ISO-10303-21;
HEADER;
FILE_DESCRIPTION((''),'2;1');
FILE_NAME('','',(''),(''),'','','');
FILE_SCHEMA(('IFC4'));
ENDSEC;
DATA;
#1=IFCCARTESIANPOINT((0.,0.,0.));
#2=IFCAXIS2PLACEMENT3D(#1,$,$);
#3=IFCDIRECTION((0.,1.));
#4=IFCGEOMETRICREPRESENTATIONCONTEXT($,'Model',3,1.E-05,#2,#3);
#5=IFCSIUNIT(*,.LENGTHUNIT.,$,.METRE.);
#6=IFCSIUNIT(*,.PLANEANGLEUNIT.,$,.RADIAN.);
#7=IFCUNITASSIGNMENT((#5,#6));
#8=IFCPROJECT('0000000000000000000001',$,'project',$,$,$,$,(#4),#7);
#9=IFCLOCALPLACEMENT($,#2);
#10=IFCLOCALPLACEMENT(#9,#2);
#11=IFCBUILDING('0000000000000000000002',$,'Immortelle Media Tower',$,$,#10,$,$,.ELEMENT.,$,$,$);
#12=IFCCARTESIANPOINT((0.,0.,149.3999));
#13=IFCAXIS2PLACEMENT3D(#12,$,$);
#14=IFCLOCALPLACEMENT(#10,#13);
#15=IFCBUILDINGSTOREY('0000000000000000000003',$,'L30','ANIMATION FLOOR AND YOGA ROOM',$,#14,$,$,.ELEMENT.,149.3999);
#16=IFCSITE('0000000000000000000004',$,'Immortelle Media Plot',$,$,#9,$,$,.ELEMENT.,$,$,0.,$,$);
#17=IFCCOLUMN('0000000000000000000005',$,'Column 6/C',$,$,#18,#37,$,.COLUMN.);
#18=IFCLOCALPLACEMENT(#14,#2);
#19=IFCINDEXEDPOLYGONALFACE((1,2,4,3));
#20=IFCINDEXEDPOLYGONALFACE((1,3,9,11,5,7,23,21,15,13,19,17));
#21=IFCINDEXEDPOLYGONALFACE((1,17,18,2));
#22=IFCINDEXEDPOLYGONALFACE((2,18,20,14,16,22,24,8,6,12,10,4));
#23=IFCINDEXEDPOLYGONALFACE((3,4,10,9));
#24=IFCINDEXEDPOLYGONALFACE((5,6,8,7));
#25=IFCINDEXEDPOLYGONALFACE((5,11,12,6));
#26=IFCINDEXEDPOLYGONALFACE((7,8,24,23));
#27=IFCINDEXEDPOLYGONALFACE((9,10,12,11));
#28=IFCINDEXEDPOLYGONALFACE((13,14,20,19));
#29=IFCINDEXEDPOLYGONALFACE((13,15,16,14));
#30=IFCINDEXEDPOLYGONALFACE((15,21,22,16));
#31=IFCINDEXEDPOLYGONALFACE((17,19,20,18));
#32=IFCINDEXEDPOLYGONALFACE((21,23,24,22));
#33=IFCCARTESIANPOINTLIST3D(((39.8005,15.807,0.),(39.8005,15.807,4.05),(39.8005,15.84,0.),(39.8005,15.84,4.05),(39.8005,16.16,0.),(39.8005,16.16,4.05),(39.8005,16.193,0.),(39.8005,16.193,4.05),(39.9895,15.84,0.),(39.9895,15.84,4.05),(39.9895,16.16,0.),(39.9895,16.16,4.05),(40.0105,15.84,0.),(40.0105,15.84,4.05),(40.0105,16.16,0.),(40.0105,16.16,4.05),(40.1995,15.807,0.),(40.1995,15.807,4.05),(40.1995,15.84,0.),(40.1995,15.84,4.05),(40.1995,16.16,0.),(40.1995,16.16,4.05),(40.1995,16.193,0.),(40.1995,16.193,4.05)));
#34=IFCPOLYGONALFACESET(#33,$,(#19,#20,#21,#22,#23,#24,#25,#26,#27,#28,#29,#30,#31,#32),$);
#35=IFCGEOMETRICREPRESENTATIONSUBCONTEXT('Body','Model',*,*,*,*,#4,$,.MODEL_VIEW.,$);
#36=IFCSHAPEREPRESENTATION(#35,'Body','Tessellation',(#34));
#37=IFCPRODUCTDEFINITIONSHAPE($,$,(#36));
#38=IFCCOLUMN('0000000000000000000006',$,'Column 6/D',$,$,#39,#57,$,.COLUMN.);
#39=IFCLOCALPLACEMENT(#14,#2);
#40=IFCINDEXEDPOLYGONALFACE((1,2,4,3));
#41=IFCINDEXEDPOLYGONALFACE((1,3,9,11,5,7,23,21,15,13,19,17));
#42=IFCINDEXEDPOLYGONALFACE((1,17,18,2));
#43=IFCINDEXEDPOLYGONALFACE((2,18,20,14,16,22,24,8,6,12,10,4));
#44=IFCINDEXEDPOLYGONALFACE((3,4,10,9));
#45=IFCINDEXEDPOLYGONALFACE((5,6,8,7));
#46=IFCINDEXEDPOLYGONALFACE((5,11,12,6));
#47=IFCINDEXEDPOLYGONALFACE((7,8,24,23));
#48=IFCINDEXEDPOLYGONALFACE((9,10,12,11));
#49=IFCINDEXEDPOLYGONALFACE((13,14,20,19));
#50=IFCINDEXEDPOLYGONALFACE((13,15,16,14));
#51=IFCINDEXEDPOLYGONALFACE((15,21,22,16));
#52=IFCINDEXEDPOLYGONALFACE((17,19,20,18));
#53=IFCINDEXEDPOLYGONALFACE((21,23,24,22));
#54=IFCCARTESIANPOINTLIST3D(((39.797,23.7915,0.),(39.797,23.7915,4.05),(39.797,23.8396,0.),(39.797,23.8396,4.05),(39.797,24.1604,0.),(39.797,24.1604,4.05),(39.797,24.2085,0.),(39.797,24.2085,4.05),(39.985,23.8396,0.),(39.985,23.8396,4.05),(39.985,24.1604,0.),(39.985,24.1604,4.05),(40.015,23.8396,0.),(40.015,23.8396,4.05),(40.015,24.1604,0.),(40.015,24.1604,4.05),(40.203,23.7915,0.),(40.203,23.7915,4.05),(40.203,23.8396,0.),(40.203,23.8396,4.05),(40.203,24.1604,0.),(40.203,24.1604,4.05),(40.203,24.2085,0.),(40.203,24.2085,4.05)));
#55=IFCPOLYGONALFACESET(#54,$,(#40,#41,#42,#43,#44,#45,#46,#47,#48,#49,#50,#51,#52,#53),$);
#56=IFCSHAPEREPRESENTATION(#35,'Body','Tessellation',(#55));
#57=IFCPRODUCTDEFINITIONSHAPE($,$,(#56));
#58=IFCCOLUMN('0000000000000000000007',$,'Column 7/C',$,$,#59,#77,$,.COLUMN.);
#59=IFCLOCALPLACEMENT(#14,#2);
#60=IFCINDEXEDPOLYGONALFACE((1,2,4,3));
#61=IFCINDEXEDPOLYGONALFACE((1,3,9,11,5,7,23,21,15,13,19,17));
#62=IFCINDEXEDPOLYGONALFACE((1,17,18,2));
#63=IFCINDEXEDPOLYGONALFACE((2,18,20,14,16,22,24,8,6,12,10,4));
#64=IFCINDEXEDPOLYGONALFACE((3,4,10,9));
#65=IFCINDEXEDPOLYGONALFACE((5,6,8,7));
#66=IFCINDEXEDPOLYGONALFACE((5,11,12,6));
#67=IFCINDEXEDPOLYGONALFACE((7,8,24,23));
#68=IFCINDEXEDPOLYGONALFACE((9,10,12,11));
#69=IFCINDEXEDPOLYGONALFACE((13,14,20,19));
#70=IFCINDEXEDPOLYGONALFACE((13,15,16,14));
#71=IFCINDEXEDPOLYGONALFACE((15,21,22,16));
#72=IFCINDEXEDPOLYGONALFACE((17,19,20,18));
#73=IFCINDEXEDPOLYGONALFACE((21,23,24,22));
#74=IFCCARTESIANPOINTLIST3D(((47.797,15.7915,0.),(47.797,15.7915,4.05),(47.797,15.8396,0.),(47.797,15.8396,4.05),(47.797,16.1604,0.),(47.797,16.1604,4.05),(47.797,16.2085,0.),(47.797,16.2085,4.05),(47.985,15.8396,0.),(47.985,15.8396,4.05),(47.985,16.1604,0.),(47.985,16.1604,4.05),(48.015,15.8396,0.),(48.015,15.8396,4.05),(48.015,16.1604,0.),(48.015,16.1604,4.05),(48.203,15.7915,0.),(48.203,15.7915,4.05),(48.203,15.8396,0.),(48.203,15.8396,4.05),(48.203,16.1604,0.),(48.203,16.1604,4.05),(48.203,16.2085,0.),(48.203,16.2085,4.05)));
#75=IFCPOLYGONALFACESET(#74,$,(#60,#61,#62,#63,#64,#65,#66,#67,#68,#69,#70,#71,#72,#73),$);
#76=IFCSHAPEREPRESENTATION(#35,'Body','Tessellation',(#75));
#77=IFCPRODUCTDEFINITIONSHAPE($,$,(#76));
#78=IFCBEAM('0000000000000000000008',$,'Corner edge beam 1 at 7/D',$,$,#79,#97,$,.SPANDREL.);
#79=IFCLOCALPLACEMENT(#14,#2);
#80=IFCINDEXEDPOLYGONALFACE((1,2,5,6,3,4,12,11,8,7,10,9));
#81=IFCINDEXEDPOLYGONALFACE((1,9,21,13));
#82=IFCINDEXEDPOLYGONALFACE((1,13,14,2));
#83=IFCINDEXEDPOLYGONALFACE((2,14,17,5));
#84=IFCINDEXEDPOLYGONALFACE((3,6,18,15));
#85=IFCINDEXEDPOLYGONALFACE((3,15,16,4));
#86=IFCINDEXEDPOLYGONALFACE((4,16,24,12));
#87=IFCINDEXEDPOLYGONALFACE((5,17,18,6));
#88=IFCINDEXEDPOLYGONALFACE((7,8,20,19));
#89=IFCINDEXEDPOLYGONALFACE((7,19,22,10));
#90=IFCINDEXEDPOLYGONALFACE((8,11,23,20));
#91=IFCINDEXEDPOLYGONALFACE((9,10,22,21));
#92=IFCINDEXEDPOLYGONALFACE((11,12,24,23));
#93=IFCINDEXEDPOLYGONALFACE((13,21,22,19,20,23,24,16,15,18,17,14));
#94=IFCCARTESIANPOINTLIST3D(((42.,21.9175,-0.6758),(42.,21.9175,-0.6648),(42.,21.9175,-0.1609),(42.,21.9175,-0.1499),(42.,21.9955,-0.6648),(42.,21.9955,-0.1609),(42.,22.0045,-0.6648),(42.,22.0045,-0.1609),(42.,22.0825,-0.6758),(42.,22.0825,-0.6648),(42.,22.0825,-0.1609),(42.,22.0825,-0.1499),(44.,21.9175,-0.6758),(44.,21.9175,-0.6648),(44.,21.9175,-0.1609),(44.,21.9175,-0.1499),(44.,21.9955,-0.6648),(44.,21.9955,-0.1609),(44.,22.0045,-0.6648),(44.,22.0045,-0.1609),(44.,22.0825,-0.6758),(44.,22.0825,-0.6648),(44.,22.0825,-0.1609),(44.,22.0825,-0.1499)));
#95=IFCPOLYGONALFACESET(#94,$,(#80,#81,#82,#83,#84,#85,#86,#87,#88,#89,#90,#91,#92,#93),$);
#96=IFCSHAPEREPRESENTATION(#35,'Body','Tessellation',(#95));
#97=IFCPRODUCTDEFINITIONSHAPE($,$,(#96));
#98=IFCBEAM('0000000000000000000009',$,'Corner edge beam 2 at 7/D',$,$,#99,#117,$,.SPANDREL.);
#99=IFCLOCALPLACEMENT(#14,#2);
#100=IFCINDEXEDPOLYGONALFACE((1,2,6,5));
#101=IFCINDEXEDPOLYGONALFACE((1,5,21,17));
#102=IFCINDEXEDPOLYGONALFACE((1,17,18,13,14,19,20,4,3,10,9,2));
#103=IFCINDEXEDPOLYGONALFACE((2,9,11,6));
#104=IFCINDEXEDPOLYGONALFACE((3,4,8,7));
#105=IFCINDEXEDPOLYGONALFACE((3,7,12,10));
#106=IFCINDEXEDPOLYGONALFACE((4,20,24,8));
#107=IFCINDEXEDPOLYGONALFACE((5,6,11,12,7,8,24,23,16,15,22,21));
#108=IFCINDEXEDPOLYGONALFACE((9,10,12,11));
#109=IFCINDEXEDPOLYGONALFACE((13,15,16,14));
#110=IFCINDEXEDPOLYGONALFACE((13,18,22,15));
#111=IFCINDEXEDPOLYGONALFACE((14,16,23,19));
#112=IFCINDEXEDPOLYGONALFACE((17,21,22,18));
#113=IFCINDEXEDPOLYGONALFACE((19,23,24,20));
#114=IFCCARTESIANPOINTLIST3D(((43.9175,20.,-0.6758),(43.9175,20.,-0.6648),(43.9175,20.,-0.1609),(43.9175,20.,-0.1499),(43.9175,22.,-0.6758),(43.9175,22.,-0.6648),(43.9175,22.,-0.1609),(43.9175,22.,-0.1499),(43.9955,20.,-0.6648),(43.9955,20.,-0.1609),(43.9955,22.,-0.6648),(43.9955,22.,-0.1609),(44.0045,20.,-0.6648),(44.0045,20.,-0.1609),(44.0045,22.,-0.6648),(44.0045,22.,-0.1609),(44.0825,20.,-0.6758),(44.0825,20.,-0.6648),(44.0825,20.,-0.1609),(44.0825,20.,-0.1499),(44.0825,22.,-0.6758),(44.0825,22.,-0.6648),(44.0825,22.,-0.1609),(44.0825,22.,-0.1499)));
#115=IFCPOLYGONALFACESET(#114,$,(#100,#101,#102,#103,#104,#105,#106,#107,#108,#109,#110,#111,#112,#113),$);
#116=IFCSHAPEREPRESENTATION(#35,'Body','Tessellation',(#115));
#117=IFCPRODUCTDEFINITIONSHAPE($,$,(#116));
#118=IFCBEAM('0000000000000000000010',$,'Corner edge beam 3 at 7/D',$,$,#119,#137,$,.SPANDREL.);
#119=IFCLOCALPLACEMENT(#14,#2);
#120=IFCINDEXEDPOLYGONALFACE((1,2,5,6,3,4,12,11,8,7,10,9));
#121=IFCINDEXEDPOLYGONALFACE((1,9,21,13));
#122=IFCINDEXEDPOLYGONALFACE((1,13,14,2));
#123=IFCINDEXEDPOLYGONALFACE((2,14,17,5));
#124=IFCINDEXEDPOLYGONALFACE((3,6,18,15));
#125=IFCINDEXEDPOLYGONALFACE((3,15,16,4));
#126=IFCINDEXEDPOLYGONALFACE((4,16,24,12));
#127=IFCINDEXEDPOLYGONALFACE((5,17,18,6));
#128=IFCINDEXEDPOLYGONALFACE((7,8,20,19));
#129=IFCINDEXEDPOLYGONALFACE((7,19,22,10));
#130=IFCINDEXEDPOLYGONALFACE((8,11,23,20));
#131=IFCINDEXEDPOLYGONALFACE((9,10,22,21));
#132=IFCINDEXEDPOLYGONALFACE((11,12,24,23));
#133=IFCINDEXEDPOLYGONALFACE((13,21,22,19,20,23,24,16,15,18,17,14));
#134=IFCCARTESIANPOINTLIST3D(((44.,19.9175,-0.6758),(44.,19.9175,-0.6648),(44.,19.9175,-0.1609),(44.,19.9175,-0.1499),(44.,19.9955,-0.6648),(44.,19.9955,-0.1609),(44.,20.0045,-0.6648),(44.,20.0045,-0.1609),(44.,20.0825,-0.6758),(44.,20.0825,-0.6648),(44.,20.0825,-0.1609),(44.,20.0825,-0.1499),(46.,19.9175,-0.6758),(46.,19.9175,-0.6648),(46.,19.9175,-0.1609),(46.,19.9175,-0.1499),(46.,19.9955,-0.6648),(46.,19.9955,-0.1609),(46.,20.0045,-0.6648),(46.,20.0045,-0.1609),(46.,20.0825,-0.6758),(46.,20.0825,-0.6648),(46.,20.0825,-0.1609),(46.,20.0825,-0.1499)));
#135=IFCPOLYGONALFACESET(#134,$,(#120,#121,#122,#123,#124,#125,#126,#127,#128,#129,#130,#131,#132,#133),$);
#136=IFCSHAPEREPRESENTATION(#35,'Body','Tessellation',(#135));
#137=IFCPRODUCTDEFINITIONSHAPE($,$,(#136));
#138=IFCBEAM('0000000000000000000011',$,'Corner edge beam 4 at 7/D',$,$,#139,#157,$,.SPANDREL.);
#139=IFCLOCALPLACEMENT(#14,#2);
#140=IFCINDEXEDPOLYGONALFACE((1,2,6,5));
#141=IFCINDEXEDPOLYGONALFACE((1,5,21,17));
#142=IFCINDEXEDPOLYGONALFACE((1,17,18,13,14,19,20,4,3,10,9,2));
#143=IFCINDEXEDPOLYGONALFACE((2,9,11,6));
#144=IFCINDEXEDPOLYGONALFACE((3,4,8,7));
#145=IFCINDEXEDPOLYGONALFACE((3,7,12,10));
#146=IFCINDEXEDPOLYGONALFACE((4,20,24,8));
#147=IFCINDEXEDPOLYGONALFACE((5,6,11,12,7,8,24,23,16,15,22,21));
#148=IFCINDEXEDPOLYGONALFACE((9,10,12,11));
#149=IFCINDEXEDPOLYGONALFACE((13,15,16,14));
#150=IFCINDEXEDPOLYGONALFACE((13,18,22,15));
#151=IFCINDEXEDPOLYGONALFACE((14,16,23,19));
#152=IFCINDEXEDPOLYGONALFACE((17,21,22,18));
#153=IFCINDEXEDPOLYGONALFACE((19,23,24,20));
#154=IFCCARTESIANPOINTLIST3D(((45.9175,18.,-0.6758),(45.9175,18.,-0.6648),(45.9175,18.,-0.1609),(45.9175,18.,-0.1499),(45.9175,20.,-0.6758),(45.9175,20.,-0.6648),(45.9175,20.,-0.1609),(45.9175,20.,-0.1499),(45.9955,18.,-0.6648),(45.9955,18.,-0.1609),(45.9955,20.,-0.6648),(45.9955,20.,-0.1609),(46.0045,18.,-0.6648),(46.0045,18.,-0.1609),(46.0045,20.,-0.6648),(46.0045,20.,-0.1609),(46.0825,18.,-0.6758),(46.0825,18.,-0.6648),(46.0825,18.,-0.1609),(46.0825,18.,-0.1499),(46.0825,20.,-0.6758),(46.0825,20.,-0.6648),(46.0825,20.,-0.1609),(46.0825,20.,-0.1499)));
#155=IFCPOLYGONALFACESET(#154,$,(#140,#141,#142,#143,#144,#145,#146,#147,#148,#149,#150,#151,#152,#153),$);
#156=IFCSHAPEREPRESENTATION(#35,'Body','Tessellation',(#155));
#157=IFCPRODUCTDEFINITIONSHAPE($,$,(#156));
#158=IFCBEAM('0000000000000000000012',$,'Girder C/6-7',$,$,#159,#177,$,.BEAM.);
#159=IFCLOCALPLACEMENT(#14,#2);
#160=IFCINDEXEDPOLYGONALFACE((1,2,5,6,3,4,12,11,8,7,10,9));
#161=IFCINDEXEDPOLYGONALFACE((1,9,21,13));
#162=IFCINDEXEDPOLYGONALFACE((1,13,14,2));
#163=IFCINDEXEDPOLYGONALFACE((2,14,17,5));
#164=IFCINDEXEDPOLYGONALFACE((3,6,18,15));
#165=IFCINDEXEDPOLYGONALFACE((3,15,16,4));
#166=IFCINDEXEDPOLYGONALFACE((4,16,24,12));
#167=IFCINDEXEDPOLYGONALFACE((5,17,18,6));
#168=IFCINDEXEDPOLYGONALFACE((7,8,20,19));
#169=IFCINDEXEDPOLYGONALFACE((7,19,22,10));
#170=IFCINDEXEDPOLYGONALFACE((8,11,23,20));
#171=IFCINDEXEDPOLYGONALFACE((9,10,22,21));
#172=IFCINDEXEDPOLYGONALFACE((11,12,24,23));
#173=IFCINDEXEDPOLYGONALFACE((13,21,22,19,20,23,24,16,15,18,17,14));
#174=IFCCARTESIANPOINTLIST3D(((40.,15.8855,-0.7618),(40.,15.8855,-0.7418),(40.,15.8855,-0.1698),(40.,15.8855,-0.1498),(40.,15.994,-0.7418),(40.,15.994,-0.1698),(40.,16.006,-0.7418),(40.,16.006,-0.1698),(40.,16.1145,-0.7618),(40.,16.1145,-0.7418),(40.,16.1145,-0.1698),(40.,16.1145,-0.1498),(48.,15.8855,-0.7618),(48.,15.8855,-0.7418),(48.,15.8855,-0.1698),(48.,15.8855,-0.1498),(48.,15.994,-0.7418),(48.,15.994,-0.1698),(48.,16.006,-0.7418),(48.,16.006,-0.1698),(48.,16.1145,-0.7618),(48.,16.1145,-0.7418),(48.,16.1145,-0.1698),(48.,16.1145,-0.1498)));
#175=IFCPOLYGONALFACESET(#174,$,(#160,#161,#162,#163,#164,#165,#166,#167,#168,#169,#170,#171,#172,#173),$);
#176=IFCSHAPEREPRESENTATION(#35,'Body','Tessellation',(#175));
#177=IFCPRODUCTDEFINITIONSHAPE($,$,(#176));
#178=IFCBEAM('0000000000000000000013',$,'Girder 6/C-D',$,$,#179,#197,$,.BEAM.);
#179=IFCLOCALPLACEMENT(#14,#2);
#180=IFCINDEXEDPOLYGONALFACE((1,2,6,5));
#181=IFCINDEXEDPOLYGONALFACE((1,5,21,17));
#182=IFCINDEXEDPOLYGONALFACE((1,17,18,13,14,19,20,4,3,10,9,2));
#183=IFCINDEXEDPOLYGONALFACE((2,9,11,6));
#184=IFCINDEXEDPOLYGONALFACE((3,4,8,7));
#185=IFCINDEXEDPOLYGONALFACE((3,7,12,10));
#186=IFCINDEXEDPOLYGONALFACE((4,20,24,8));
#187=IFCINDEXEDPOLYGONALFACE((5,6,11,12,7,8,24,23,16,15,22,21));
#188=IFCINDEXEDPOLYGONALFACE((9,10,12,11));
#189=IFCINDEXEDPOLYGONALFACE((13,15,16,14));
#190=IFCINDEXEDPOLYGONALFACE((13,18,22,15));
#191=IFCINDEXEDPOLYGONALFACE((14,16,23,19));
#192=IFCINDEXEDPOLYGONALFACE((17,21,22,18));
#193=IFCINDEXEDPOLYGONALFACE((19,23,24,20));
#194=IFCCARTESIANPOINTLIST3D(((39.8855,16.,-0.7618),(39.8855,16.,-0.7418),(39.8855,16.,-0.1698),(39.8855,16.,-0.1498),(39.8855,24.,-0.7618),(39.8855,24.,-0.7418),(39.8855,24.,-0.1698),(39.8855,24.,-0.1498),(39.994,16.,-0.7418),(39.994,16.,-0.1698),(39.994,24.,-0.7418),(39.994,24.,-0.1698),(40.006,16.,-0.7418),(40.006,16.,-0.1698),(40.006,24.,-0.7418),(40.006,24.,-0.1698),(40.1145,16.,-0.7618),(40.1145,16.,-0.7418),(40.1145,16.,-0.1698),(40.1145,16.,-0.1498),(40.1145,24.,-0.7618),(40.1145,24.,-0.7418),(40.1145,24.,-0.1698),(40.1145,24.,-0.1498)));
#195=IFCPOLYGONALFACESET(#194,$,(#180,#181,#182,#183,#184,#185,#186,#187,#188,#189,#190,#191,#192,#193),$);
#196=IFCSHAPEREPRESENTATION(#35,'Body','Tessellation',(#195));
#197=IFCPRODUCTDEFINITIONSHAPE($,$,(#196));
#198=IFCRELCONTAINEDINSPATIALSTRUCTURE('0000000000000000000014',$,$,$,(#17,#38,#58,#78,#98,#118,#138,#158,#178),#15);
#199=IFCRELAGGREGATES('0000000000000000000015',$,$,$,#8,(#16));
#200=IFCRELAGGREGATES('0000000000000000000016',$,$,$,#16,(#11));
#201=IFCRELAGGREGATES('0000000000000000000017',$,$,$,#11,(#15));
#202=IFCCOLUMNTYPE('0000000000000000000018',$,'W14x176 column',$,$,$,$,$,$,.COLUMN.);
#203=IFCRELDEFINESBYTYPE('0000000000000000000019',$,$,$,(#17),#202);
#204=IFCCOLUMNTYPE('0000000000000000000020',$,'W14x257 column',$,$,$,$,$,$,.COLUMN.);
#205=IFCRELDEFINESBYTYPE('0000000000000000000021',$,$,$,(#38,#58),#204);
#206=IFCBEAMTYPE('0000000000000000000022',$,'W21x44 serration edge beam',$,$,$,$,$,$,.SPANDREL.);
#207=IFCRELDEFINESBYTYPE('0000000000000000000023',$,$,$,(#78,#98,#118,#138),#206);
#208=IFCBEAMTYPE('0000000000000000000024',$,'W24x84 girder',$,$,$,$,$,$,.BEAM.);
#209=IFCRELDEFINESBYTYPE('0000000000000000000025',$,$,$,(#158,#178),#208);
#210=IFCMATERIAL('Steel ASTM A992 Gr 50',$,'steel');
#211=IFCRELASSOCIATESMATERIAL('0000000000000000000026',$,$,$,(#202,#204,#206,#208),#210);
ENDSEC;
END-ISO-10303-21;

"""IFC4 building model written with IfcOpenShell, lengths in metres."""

from ifc_helpers import new_model, si_unit, direction, frame, origin, origin_2d, place, context, subcontext, project, spatial, i_section, extrude, material, material_profile, profile_set, type_object, element, save


model = new_model("IFC4")

# Units and contexts
model_context = context("Model", 3, precision=1e-05, world=origin(), true_north=direction((0.0, 1.0)))
body_context = subcontext(model_context, "Body", "Model", "MODEL_VIEW")
ifc_project = project(units=[si_unit("LENGTHUNIT", "METRE"), si_unit("PLANEANGLEUNIT", "RADIAN")], contexts=[model_context])

# Site, building, storey
site_placement = place(None, origin())
site = spatial("IfcSite", under=ifc_project, at=site_placement, Name="Immortelle Media Plot", CompositionType="ELEMENT", RefElevation=0.0)
building_placement = place(site_placement, origin())
building = spatial("IfcBuilding", under=site, at=building_placement, Name="Immortelle Media Tower", CompositionType="ELEMENT")
storey_placement = place(building_placement, frame((0.0, 0.0, 149.3999)))
storey = spatial("IfcBuildingStorey", under=building, at=storey_placement, Name="L30", Description="ANIMATION FLOOR AND YOGA ROOM", CompositionType="ELEMENT", Elevation=149.3999)

# Columns
ifc_material_1 = material(Name="Steel ASTM A992 Gr 50", Category="steel")
ifc_material_profile_1 = material_profile(ifc_material_1, i_section(OverallWidth=0.3989, OverallDepth=0.386, WebThickness=0.021, FlangeThickness=0.033, at=origin_2d()), Name="W14x176")
ifc_profile_set_1 = profile_set([ifc_material_profile_1], Name="Steel ASTM A992 Gr 50")
column_type_1 = type_object("IfcColumnType", Name="W14x176 column", PredefinedType="COLUMN", material=ifc_profile_set_1)
column_placement = place(storey_placement, frame((40.0, 16.0, 0.0), z_axis=(0.0, 0.0, 1.0), x_axis=(1.0, 0.0, 0.0)))
element("IfcColumn", 1, at=column_placement, inside=storey, type_object=column_type_1, Name="Column 6/C", PredefinedType="COLUMN", context=body_context, shape_type="SweptSolid", body=[
    extrude(i_section(OverallWidth=0.3989, OverallDepth=0.386, WebThickness=0.021, FlangeThickness=0.033, at=origin_2d()), origin(), (0.0, 0.0, 1.0), 4.05),
])
ifc_material_profile_2 = material_profile(ifc_material_1, i_section(OverallWidth=0.406, OverallDepth=0.417, WebThickness=0.03, FlangeThickness=0.0481, at=origin_2d()), Name="W14x257")
ifc_profile_set_2 = profile_set([ifc_material_profile_2], Name="Steel ASTM A992 Gr 50")
column_type_2 = type_object("IfcColumnType", Name="W14x257 column", PredefinedType="COLUMN", material=ifc_profile_set_2)
for number, where, z_axis, x_axis, name in (
    (2, (40.0, 24.0, 0.0), (0.0, 0.0, 1.0), (1.0, 0.0, 0.0), "Column 6/D"),
    (3, (48.0, 16.0, 0.0), (0.0, 0.0, 1.0), (1.0, 0.0, 0.0), "Column 7/C"),
):
    element("IfcColumn", number, at=place(storey_placement, frame(where, z_axis=z_axis, x_axis=x_axis)), inside=storey, type_object=column_type_2, Name=name, PredefinedType="COLUMN", context=body_context, shape_type="SweptSolid", body=[
        extrude(i_section(OverallWidth=0.406, OverallDepth=0.417, WebThickness=0.03, FlangeThickness=0.0481, at=origin_2d()), origin(), (0.0, 0.0, 1.0), 4.05),
    ])

# Beams
ifc_material_profile_3 = material_profile(ifc_material_1, i_section(OverallWidth=0.165, OverallDepth=0.5259, WebThickness=0.009, FlangeThickness=0.011, at=origin_2d()), Name="W21x44")
ifc_profile_set_3 = profile_set([ifc_material_profile_3], Name="Steel ASTM A992 Gr 50")
beam_type_1 = type_object("IfcBeamType", Name="W21x44 serration edge beam", PredefinedType="SPANDREL", material=ifc_profile_set_3)
for number, where, z_axis, x_axis, name in (
    (4, (42.0, 22.0, -0.4128), (1.0, 0.0, 0.0), (0.0, 1.0, 0.0), "Corner edge beam 1 at 7/D"),
    (5, (44.0, 22.0, -0.4128), (0.0, -1.0, 0.0), (1.0, 0.0, 0.0), "Corner edge beam 2 at 7/D"),
    (6, (44.0, 20.0, -0.4128), (1.0, 0.0, 0.0), (0.0, 1.0, 0.0), "Corner edge beam 3 at 7/D"),
    (7, (46.0, 20.0, -0.4128), (0.0, -1.0, 0.0), (1.0, 0.0, 0.0), "Corner edge beam 4 at 7/D"),
):
    element("IfcBeam", number, at=place(storey_placement, frame(where, z_axis=z_axis, x_axis=x_axis)), inside=storey, type_object=beam_type_1, Name=name, PredefinedType="SPANDREL", context=body_context, shape_type="SweptSolid", body=[
        extrude(i_section(OverallWidth=0.165, OverallDepth=0.5259, WebThickness=0.009, FlangeThickness=0.011, at=origin_2d()), origin(), (0.0, 0.0, 1.0), 2.0),
    ])
ifc_material_profile_4 = material_profile(ifc_material_1, i_section(OverallWidth=0.229, OverallDepth=0.6121, WebThickness=0.012, FlangeThickness=0.02, at=origin_2d()), Name="W24x84")
ifc_profile_set_4 = profile_set([ifc_material_profile_4], Name="Steel ASTM A992 Gr 50")
beam_type_2 = type_object("IfcBeamType", Name="W24x84 girder", PredefinedType="BEAM", material=ifc_profile_set_4)
for number, where, z_axis, x_axis, name in (
    (8, (40.0, 16.0, -0.4558), (1.0, 0.0, 0.0), (0.0, 1.0, 0.0), "Girder C/6-7"),
    (9, (40.0, 16.0, -0.4558), (0.0, 1.0, 0.0), (-1.0, 0.0, 0.0), "Girder 6/C-D"),
):
    element("IfcBeam", number, at=place(storey_placement, frame(where, z_axis=z_axis, x_axis=x_axis)), inside=storey, type_object=beam_type_2, Name=name, PredefinedType="BEAM", context=body_context, shape_type="SweptSolid", body=[
        extrude(i_section(OverallWidth=0.229, OverallDepth=0.6121, WebThickness=0.012, FlangeThickness=0.02, at=origin_2d()), origin(), (0.0, 0.0, 1.0), 8.0),
    ])

save(model, "model.ifc")
